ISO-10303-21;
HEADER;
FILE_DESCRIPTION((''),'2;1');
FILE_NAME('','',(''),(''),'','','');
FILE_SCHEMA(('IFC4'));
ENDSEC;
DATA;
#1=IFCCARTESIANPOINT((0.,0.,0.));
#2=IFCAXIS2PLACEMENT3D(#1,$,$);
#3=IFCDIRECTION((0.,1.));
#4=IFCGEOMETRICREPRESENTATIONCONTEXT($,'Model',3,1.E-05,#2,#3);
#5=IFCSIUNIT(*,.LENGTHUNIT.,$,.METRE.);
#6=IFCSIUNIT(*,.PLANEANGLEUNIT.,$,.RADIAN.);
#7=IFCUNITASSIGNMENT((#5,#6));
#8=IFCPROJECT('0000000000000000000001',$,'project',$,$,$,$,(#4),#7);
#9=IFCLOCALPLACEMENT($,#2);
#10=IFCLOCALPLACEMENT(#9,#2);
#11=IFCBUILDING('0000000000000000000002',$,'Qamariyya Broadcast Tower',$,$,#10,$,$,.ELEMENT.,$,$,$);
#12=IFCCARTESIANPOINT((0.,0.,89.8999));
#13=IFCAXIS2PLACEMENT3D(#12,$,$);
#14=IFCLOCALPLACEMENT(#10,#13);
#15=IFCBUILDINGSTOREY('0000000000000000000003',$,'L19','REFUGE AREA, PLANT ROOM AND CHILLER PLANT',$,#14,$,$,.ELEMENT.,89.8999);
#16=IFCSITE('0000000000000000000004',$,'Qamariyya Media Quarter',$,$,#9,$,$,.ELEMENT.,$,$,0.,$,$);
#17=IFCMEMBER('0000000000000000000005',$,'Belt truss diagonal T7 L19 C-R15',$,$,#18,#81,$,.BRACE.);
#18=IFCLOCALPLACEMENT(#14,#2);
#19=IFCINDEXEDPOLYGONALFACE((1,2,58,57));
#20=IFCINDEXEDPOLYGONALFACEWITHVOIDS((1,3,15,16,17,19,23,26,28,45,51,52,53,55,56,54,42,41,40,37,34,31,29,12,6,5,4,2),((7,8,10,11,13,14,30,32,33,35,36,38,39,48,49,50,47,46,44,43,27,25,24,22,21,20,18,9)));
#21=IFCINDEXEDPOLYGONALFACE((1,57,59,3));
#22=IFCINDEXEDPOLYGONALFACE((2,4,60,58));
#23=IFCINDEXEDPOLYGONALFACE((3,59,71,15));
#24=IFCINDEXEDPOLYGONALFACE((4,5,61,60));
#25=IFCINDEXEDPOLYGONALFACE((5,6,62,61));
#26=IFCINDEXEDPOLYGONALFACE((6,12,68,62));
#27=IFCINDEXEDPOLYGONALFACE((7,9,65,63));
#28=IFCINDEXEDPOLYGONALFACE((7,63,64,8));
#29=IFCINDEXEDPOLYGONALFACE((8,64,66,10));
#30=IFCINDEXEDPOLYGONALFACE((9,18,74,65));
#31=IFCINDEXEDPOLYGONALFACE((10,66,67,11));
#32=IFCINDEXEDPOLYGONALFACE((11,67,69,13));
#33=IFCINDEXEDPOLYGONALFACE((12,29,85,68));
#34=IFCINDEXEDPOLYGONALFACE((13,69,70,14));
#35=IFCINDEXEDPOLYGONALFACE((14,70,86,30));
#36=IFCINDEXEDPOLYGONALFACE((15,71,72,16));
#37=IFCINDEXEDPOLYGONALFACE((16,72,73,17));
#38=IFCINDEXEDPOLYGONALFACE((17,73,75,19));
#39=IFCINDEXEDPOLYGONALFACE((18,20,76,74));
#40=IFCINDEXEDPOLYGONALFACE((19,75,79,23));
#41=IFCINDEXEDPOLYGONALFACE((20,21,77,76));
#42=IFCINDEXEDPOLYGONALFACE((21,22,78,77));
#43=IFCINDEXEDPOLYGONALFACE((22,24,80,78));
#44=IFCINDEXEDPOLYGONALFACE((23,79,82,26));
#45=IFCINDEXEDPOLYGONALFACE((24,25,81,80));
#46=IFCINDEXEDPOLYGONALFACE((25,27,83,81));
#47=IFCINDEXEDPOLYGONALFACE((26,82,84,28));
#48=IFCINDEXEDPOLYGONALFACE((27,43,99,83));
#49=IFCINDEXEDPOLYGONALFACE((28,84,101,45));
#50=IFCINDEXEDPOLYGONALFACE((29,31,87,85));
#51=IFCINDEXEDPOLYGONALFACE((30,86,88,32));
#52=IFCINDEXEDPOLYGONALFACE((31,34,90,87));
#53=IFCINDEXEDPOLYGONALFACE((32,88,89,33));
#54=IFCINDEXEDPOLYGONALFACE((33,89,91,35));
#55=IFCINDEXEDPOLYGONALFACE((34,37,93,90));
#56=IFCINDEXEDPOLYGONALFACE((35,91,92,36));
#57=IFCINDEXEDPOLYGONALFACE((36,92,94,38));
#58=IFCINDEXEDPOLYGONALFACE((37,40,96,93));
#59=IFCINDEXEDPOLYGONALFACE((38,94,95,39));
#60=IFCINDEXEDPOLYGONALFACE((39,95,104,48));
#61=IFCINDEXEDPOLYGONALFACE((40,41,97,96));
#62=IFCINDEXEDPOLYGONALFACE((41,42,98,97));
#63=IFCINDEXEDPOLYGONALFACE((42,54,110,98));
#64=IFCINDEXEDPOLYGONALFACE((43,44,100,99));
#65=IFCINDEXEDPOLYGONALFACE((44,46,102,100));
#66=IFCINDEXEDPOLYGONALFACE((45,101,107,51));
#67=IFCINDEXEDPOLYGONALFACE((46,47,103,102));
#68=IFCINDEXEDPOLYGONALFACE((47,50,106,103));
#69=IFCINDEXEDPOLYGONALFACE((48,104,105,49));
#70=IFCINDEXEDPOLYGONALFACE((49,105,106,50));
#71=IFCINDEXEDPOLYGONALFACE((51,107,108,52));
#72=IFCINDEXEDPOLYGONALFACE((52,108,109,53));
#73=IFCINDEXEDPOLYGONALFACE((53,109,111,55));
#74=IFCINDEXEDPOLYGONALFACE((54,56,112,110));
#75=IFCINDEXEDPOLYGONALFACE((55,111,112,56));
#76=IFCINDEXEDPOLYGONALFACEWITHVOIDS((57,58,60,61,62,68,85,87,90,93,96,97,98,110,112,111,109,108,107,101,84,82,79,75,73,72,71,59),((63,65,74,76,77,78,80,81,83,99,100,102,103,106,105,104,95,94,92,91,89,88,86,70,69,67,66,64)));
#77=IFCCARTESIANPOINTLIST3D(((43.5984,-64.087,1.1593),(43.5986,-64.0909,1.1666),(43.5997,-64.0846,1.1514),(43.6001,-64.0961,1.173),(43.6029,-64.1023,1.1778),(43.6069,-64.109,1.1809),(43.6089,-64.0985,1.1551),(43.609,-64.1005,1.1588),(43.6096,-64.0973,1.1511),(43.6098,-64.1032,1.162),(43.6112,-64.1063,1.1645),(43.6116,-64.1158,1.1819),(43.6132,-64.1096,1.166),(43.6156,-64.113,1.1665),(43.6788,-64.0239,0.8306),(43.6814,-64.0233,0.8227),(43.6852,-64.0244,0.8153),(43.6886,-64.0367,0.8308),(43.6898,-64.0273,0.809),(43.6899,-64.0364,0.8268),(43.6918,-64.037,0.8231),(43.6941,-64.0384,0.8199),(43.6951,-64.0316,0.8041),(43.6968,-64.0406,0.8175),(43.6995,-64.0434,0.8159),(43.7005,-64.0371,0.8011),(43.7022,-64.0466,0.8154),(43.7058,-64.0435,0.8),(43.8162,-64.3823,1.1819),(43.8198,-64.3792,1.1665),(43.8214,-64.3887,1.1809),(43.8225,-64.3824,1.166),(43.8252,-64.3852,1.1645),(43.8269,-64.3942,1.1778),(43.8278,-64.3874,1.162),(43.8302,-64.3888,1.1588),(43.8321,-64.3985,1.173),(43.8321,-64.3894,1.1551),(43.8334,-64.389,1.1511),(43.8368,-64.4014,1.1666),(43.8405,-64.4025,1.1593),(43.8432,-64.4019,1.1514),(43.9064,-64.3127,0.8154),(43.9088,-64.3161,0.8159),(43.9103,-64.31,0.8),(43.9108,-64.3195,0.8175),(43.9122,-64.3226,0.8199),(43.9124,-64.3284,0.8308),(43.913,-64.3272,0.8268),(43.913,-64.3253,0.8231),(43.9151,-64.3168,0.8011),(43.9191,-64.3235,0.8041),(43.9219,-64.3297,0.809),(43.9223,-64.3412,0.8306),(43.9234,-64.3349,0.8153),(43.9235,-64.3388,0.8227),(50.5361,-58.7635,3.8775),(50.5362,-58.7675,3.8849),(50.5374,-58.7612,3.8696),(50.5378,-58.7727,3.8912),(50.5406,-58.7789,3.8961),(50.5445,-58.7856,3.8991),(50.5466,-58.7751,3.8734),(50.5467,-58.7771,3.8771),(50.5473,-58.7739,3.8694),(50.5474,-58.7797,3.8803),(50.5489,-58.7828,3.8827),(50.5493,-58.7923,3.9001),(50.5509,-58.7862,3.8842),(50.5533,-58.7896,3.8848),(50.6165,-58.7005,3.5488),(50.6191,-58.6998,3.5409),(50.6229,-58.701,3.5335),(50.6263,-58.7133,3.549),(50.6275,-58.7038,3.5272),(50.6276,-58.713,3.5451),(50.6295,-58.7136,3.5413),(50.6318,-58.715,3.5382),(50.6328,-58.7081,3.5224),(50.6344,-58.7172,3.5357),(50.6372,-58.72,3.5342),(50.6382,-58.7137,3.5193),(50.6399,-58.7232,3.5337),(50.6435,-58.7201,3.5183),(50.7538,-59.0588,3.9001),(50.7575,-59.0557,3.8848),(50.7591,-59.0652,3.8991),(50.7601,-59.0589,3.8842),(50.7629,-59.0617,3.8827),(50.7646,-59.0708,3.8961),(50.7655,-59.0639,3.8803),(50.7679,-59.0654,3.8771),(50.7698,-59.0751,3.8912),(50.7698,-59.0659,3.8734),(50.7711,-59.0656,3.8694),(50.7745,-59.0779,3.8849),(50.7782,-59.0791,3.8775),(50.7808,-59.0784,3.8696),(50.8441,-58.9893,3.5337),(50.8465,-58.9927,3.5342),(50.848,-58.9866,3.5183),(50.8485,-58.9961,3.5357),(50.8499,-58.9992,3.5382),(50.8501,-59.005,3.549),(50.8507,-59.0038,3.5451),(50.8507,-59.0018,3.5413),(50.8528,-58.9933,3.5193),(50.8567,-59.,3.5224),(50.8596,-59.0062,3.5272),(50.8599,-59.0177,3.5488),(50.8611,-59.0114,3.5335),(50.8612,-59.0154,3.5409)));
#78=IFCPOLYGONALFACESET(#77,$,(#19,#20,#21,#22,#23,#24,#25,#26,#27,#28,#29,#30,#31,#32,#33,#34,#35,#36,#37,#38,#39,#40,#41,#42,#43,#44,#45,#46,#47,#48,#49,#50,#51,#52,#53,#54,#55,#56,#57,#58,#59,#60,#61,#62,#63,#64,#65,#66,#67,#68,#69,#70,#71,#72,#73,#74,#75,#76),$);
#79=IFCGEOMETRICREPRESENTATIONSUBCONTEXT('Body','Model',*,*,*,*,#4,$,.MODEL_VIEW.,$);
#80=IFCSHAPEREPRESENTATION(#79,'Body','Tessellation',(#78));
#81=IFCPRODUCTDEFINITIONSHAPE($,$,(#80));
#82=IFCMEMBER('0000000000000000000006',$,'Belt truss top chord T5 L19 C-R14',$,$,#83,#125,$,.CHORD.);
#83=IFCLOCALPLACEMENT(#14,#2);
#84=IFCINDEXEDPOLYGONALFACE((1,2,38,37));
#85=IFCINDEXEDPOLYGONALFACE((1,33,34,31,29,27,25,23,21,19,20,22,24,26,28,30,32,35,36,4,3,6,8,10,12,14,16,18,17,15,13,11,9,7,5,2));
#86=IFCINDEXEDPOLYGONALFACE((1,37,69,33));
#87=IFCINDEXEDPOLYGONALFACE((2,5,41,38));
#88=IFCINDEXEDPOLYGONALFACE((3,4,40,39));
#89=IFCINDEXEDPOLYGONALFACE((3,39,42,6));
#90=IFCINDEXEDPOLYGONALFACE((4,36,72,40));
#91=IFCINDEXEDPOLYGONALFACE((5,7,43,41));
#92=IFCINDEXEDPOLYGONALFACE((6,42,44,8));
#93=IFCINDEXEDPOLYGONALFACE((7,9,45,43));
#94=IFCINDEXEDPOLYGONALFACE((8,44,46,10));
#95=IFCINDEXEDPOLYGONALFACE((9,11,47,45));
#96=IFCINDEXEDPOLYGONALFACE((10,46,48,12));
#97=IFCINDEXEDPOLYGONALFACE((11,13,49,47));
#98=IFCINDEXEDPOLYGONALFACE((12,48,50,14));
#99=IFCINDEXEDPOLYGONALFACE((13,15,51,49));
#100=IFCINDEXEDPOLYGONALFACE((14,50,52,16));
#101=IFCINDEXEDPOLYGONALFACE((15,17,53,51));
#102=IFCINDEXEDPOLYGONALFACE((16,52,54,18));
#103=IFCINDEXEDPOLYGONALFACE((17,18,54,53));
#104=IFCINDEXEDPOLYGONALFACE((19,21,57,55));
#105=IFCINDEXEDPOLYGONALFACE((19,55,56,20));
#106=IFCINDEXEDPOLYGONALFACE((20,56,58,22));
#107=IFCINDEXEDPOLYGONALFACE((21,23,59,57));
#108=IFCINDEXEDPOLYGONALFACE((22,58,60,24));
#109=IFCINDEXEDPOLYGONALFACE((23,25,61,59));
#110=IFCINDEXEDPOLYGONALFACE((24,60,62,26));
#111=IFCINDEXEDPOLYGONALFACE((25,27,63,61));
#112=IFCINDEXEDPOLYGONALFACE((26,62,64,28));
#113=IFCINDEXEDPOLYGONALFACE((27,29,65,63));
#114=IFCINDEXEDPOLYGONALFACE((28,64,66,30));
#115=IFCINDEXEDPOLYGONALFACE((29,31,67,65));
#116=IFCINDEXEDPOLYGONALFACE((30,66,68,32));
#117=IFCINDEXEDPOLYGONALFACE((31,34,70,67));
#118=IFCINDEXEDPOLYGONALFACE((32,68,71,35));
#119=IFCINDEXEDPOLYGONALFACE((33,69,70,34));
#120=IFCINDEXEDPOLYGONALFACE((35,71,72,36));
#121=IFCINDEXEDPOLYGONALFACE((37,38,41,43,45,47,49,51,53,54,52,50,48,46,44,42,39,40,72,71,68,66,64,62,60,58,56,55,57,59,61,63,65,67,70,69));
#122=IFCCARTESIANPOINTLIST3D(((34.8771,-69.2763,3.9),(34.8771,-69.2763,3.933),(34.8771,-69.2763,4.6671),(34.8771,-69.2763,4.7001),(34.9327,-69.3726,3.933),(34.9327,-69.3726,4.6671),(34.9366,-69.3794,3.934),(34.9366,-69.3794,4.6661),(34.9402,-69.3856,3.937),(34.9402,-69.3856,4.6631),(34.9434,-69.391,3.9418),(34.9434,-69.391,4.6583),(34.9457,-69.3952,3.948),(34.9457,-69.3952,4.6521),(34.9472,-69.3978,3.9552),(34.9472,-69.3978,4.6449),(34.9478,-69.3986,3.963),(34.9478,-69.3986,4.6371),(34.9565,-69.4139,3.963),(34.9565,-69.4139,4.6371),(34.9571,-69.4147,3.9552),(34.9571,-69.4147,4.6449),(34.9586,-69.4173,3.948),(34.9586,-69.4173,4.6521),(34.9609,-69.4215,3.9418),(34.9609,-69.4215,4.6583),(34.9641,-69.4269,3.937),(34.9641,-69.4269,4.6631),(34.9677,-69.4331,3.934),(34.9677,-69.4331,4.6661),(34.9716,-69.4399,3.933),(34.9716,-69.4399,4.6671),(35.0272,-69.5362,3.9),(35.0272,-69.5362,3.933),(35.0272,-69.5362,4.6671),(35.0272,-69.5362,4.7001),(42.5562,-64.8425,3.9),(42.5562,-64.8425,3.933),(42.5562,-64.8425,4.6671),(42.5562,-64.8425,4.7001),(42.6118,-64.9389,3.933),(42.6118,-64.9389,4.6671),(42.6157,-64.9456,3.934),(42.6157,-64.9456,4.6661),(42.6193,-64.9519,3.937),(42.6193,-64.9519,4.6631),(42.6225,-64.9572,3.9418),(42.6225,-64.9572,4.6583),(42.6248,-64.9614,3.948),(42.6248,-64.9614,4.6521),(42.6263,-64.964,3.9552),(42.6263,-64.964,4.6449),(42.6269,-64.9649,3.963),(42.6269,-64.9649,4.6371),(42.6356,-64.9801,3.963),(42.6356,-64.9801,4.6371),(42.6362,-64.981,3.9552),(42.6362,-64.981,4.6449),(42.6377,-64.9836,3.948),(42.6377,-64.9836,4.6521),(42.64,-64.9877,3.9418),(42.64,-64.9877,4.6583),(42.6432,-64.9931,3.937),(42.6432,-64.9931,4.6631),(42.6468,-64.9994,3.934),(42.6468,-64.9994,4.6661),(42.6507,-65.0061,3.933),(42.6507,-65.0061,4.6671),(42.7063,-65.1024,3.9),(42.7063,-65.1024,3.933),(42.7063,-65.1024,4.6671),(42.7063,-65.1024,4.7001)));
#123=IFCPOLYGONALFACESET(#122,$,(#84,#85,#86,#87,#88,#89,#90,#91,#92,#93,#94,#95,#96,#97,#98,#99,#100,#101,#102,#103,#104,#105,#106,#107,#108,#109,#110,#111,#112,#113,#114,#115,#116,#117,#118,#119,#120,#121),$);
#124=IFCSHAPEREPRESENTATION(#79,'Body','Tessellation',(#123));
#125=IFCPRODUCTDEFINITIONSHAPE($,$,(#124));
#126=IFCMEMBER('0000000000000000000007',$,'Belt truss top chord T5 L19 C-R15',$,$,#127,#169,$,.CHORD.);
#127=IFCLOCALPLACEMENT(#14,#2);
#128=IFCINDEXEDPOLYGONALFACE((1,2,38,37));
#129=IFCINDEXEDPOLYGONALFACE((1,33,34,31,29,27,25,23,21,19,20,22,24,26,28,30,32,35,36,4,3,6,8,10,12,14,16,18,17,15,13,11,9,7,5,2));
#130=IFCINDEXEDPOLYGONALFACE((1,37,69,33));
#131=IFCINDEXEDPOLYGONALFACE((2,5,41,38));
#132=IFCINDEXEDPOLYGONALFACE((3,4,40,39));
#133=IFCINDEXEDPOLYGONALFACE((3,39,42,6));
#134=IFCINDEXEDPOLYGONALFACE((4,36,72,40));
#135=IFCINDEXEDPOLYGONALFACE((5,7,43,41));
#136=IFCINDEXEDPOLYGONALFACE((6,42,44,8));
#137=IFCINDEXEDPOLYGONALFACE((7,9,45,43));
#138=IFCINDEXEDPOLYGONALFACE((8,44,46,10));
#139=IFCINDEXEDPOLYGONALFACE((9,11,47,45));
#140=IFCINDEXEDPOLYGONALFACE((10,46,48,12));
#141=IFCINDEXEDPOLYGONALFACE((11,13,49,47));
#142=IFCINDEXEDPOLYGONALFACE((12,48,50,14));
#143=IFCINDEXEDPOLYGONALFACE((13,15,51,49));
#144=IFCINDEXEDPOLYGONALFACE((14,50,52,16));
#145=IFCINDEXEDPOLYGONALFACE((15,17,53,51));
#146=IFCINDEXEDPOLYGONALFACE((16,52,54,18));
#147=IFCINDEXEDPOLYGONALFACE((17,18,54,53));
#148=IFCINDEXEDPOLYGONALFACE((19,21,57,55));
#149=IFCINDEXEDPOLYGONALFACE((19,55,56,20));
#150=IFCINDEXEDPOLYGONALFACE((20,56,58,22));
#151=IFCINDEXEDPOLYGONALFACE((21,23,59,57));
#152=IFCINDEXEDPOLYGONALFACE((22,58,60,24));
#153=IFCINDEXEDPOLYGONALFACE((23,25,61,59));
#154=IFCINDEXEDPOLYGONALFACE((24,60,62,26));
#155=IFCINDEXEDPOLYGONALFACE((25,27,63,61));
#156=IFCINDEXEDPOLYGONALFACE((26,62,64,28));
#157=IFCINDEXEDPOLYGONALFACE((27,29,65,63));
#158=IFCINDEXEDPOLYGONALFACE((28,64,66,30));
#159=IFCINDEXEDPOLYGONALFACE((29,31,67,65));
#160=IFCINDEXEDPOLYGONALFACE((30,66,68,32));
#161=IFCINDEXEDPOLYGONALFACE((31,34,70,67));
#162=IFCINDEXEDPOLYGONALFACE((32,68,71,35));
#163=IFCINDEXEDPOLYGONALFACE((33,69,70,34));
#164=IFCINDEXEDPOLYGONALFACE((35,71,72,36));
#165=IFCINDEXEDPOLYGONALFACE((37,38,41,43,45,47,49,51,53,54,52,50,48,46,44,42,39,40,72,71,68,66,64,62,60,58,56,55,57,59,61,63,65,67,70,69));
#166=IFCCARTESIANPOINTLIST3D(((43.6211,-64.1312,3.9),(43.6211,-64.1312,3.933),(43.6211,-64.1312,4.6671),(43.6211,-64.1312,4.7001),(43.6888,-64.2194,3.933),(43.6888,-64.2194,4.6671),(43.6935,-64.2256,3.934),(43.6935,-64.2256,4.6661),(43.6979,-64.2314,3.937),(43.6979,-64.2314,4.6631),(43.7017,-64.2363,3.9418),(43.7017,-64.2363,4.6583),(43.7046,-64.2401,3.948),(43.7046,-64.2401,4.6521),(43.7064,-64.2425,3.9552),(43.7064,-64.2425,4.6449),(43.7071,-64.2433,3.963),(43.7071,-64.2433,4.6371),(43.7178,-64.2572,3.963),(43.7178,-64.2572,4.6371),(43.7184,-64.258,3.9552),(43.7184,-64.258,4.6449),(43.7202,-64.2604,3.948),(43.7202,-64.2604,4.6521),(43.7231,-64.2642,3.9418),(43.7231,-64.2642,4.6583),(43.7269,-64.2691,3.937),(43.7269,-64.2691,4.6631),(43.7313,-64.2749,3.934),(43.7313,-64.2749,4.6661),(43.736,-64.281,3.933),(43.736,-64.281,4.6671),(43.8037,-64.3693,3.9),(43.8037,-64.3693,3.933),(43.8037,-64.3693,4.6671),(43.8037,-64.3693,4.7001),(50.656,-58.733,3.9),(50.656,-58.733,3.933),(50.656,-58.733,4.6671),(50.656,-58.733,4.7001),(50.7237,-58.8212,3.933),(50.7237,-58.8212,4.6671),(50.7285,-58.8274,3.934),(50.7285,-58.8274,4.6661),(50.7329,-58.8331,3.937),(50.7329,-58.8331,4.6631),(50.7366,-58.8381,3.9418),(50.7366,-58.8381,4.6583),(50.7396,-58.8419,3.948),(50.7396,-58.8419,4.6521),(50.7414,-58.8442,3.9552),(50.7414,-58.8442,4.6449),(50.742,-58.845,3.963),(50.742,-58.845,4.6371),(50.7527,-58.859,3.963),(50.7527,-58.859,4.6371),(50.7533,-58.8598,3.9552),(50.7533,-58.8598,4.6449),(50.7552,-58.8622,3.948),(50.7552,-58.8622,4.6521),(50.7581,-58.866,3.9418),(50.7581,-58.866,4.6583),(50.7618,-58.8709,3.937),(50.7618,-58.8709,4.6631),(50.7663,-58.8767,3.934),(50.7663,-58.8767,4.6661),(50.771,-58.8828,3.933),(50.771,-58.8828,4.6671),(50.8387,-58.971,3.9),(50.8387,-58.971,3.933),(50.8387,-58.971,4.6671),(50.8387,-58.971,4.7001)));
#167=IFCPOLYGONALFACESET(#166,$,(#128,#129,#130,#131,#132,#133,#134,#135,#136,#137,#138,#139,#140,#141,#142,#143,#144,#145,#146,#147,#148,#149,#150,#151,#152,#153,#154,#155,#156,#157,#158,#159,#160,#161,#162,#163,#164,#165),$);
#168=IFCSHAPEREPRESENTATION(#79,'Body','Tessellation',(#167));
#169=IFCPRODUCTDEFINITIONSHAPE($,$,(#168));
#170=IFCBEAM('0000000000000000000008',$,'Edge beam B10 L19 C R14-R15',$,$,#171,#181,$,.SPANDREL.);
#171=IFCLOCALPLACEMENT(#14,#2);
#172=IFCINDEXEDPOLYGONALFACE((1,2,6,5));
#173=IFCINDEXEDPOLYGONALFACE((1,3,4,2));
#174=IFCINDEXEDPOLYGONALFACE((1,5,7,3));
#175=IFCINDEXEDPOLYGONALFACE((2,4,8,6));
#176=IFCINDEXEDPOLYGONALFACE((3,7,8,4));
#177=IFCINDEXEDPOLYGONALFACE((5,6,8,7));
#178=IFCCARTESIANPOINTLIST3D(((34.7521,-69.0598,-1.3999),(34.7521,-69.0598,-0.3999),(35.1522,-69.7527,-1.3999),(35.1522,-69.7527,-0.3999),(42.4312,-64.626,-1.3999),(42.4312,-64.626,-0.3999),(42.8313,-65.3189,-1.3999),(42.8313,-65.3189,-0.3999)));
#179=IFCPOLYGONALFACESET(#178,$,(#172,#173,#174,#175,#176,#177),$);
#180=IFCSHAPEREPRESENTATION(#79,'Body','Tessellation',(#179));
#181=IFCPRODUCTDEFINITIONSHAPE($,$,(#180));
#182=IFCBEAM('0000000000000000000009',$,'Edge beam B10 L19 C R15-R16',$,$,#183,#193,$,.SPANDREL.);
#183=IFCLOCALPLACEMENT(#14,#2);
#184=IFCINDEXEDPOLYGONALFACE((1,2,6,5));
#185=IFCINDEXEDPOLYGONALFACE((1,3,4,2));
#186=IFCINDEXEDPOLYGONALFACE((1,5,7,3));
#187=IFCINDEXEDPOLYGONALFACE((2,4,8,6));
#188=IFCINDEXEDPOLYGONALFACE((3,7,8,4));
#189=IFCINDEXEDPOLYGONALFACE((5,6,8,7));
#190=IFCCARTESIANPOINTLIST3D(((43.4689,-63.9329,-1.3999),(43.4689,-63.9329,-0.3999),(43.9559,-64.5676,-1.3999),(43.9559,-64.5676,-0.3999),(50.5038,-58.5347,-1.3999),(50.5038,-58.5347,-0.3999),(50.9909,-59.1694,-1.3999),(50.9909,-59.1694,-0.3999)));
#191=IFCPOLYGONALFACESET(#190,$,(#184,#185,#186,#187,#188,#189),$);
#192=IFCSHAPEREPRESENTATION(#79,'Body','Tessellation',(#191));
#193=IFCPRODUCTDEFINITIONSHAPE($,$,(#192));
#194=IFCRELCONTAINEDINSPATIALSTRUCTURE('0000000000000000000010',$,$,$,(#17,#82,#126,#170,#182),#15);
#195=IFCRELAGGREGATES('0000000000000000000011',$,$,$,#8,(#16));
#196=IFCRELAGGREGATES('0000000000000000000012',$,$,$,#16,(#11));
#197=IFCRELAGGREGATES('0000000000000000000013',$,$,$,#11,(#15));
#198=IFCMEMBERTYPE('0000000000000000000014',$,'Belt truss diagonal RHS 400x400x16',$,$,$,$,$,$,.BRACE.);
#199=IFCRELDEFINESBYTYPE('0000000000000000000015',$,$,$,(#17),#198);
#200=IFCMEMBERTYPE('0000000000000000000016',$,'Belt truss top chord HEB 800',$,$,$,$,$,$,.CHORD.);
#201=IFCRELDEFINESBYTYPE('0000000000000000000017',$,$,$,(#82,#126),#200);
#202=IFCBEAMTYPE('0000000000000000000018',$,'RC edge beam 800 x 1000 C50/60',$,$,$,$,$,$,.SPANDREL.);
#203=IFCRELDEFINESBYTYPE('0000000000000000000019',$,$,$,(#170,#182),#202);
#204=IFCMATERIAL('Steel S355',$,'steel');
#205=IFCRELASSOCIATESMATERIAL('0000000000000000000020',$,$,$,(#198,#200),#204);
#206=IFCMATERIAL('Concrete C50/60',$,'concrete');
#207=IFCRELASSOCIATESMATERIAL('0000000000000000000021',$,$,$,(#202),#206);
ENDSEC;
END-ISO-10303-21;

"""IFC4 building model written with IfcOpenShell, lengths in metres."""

from ifc_helpers import new_model, si_unit, direction, frame, origin, origin_2d, place, context, subcontext, project, spatial, rectangle, hollow_rectangle, i_section, extrude, material, material_profile, profile_set, type_object, element, save


model = new_model("IFC4")

# Units and contexts
model_context = context("Model", 3, precision=1e-05, world=origin(), true_north=direction((0.0, 1.0)))
body_context = subcontext(model_context, "Body", "Model", "MODEL_VIEW")
ifc_project = project(units=[si_unit("LENGTHUNIT", "METRE"), si_unit("PLANEANGLEUNIT", "RADIAN")], contexts=[model_context])

# Site, building, storey
site_placement = place(None, origin())
site = spatial("IfcSite", under=ifc_project, at=site_placement, Name="Qamariyya Media Quarter", CompositionType="ELEMENT", RefElevation=0.0)
building_placement = place(site_placement, origin())
building = spatial("IfcBuilding", under=site, at=building_placement, Name="Qamariyya Broadcast Tower", CompositionType="ELEMENT")
storey_placement = place(building_placement, frame((0.0, 0.0, 89.8999)))
storey = spatial("IfcBuildingStorey", under=building, at=storey_placement, Name="L19", Description="REFUGE AREA, PLANT ROOM AND CHILLER PLANT", CompositionType="ELEMENT", Elevation=89.8999)

# Members
ifc_material_1 = material(Name="Steel S355", Category="steel")
ifc_material_profile_1 = material_profile(ifc_material_1, hollow_rectangle(XDim=0.3999, YDim=0.3999, WallThickness=0.0161, InnerFilletRadius=0.0161, OuterFilletRadius=0.032, at=origin_2d()))
ifc_profile_set_1 = profile_set([ifc_material_profile_1], Name="Steel S355")
member_type_1 = type_object("IfcMemberType", Name="Belt truss diagonal RHS 400x400x16", PredefinedType="BRACE", material=ifc_profile_set_1)
for number, where, z_axis, x_axis, name in (
    (1, (43.761, -64.2129, 0.991), (0.757598, 0.581322, 0.296833), (-0.608759, 0.793355, 0.0), "Belt truss diagonal T7 L19 C-R15"),
):
    element("IfcMember", number, at=place(storey_placement, frame(where, z_axis=z_axis, x_axis=x_axis)), inside=storey, type_object=member_type_1, Name=name, PredefinedType="BRACE", context=body_context, shape_type="SweptSolid", body=[
        extrude(hollow_rectangle(XDim=0.3999, YDim=0.3999, WallThickness=0.0161, InnerFilletRadius=0.0161, OuterFilletRadius=0.032, at=origin_2d()), origin(), (0.0, 0.0, 1.0), 9.1575),
    ])
ifc_material_profile_2 = material_profile(ifc_material_1, i_section(OverallWidth=0.3, OverallDepth=0.8, WebThickness=0.0176, FlangeThickness=0.033, FilletRadius=0.03, at=origin_2d()))
ifc_profile_set_2 = profile_set([ifc_material_profile_2], Name="Steel S355")
member_type_2 = type_object("IfcMemberType", Name="Belt truss top chord HEB 800", PredefinedType="CHORD", material=ifc_profile_set_2)
member_1_placement = place(storey_placement, frame((34.9521, -69.4062, 4.3), z_axis=(0.866013, 0.500021, 0.0), x_axis=(-0.500021, 0.866013, 0.0)))
element("IfcMember", 2, at=member_1_placement, inside=storey, type_object=member_type_2, Name="Belt truss top chord T5 L19 C-R14", PredefinedType="CHORD", context=body_context, shape_type="SweptSolid", body=[
    extrude(i_section(OverallWidth=0.3, OverallDepth=0.8, WebThickness=0.0176, FlangeThickness=0.033, FilletRadius=0.03, at=origin_2d()), origin(), (0.0, 0.0, 1.0), 8.8672),
])
member_2_placement = place(storey_placement, frame((43.7124, -64.2502, 4.3), z_axis=(0.793347, 0.60877, 0.0), x_axis=(-0.60877, 0.793347, 0.0)))
element("IfcMember", 3, at=member_2_placement, inside=storey, type_object=member_type_2, Name="Belt truss top chord T5 L19 C-R15", PredefinedType="CHORD", context=body_context, shape_type="SweptSolid", body=[
    extrude(i_section(OverallWidth=0.3, OverallDepth=0.8, WebThickness=0.0176, FlangeThickness=0.033, FilletRadius=0.03, at=origin_2d()), origin(), (0.0, 0.0, 1.0), 8.8674),
])

# Beams
ifc_material_2 = material(Name="Concrete C50/60", Category="concrete")
ifc_material_profile_3 = material_profile(ifc_material_2, rectangle(XDim=0.8, YDim=1.0, at=origin_2d()))
ifc_profile_set_3 = profile_set([ifc_material_profile_3], Name="Concrete C50/60")
beam_type = type_object("IfcBeamType", Name="RC edge beam 800 x 1000 C50/60", PredefinedType="SPANDREL", material=ifc_profile_set_3)
beam_1_placement = place(storey_placement, frame((34.9521, -69.4062, -0.8999), z_axis=(0.866013, 0.500021, 0.0), x_axis=(-0.500021, 0.866013, 0.0)))
element("IfcBeam", 4, at=beam_1_placement, inside=storey, type_object=beam_type, Name="Edge beam B10 L19 C R14-R15", PredefinedType="SPANDREL", context=body_context, shape_type="SweptSolid", body=[
    extrude(rectangle(XDim=0.8, YDim=1.0, at=origin_2d()), origin(), (0.0, 0.0, 1.0), 8.8672),
])
beam_2_placement = place(storey_placement, frame((43.7124, -64.2502, -0.8999), z_axis=(0.793347, 0.60877, 0.0), x_axis=(-0.60877, 0.793347, 0.0)))
element("IfcBeam", 5, at=beam_2_placement, inside=storey, type_object=beam_type, Name="Edge beam B10 L19 C R15-R16", PredefinedType="SPANDREL", context=body_context, shape_type="SweptSolid", body=[
    extrude(rectangle(XDim=0.8, YDim=1.0, at=origin_2d()), origin(), (0.0, 0.0, 1.0), 8.8674),
])

save(model, "model.ifc")
